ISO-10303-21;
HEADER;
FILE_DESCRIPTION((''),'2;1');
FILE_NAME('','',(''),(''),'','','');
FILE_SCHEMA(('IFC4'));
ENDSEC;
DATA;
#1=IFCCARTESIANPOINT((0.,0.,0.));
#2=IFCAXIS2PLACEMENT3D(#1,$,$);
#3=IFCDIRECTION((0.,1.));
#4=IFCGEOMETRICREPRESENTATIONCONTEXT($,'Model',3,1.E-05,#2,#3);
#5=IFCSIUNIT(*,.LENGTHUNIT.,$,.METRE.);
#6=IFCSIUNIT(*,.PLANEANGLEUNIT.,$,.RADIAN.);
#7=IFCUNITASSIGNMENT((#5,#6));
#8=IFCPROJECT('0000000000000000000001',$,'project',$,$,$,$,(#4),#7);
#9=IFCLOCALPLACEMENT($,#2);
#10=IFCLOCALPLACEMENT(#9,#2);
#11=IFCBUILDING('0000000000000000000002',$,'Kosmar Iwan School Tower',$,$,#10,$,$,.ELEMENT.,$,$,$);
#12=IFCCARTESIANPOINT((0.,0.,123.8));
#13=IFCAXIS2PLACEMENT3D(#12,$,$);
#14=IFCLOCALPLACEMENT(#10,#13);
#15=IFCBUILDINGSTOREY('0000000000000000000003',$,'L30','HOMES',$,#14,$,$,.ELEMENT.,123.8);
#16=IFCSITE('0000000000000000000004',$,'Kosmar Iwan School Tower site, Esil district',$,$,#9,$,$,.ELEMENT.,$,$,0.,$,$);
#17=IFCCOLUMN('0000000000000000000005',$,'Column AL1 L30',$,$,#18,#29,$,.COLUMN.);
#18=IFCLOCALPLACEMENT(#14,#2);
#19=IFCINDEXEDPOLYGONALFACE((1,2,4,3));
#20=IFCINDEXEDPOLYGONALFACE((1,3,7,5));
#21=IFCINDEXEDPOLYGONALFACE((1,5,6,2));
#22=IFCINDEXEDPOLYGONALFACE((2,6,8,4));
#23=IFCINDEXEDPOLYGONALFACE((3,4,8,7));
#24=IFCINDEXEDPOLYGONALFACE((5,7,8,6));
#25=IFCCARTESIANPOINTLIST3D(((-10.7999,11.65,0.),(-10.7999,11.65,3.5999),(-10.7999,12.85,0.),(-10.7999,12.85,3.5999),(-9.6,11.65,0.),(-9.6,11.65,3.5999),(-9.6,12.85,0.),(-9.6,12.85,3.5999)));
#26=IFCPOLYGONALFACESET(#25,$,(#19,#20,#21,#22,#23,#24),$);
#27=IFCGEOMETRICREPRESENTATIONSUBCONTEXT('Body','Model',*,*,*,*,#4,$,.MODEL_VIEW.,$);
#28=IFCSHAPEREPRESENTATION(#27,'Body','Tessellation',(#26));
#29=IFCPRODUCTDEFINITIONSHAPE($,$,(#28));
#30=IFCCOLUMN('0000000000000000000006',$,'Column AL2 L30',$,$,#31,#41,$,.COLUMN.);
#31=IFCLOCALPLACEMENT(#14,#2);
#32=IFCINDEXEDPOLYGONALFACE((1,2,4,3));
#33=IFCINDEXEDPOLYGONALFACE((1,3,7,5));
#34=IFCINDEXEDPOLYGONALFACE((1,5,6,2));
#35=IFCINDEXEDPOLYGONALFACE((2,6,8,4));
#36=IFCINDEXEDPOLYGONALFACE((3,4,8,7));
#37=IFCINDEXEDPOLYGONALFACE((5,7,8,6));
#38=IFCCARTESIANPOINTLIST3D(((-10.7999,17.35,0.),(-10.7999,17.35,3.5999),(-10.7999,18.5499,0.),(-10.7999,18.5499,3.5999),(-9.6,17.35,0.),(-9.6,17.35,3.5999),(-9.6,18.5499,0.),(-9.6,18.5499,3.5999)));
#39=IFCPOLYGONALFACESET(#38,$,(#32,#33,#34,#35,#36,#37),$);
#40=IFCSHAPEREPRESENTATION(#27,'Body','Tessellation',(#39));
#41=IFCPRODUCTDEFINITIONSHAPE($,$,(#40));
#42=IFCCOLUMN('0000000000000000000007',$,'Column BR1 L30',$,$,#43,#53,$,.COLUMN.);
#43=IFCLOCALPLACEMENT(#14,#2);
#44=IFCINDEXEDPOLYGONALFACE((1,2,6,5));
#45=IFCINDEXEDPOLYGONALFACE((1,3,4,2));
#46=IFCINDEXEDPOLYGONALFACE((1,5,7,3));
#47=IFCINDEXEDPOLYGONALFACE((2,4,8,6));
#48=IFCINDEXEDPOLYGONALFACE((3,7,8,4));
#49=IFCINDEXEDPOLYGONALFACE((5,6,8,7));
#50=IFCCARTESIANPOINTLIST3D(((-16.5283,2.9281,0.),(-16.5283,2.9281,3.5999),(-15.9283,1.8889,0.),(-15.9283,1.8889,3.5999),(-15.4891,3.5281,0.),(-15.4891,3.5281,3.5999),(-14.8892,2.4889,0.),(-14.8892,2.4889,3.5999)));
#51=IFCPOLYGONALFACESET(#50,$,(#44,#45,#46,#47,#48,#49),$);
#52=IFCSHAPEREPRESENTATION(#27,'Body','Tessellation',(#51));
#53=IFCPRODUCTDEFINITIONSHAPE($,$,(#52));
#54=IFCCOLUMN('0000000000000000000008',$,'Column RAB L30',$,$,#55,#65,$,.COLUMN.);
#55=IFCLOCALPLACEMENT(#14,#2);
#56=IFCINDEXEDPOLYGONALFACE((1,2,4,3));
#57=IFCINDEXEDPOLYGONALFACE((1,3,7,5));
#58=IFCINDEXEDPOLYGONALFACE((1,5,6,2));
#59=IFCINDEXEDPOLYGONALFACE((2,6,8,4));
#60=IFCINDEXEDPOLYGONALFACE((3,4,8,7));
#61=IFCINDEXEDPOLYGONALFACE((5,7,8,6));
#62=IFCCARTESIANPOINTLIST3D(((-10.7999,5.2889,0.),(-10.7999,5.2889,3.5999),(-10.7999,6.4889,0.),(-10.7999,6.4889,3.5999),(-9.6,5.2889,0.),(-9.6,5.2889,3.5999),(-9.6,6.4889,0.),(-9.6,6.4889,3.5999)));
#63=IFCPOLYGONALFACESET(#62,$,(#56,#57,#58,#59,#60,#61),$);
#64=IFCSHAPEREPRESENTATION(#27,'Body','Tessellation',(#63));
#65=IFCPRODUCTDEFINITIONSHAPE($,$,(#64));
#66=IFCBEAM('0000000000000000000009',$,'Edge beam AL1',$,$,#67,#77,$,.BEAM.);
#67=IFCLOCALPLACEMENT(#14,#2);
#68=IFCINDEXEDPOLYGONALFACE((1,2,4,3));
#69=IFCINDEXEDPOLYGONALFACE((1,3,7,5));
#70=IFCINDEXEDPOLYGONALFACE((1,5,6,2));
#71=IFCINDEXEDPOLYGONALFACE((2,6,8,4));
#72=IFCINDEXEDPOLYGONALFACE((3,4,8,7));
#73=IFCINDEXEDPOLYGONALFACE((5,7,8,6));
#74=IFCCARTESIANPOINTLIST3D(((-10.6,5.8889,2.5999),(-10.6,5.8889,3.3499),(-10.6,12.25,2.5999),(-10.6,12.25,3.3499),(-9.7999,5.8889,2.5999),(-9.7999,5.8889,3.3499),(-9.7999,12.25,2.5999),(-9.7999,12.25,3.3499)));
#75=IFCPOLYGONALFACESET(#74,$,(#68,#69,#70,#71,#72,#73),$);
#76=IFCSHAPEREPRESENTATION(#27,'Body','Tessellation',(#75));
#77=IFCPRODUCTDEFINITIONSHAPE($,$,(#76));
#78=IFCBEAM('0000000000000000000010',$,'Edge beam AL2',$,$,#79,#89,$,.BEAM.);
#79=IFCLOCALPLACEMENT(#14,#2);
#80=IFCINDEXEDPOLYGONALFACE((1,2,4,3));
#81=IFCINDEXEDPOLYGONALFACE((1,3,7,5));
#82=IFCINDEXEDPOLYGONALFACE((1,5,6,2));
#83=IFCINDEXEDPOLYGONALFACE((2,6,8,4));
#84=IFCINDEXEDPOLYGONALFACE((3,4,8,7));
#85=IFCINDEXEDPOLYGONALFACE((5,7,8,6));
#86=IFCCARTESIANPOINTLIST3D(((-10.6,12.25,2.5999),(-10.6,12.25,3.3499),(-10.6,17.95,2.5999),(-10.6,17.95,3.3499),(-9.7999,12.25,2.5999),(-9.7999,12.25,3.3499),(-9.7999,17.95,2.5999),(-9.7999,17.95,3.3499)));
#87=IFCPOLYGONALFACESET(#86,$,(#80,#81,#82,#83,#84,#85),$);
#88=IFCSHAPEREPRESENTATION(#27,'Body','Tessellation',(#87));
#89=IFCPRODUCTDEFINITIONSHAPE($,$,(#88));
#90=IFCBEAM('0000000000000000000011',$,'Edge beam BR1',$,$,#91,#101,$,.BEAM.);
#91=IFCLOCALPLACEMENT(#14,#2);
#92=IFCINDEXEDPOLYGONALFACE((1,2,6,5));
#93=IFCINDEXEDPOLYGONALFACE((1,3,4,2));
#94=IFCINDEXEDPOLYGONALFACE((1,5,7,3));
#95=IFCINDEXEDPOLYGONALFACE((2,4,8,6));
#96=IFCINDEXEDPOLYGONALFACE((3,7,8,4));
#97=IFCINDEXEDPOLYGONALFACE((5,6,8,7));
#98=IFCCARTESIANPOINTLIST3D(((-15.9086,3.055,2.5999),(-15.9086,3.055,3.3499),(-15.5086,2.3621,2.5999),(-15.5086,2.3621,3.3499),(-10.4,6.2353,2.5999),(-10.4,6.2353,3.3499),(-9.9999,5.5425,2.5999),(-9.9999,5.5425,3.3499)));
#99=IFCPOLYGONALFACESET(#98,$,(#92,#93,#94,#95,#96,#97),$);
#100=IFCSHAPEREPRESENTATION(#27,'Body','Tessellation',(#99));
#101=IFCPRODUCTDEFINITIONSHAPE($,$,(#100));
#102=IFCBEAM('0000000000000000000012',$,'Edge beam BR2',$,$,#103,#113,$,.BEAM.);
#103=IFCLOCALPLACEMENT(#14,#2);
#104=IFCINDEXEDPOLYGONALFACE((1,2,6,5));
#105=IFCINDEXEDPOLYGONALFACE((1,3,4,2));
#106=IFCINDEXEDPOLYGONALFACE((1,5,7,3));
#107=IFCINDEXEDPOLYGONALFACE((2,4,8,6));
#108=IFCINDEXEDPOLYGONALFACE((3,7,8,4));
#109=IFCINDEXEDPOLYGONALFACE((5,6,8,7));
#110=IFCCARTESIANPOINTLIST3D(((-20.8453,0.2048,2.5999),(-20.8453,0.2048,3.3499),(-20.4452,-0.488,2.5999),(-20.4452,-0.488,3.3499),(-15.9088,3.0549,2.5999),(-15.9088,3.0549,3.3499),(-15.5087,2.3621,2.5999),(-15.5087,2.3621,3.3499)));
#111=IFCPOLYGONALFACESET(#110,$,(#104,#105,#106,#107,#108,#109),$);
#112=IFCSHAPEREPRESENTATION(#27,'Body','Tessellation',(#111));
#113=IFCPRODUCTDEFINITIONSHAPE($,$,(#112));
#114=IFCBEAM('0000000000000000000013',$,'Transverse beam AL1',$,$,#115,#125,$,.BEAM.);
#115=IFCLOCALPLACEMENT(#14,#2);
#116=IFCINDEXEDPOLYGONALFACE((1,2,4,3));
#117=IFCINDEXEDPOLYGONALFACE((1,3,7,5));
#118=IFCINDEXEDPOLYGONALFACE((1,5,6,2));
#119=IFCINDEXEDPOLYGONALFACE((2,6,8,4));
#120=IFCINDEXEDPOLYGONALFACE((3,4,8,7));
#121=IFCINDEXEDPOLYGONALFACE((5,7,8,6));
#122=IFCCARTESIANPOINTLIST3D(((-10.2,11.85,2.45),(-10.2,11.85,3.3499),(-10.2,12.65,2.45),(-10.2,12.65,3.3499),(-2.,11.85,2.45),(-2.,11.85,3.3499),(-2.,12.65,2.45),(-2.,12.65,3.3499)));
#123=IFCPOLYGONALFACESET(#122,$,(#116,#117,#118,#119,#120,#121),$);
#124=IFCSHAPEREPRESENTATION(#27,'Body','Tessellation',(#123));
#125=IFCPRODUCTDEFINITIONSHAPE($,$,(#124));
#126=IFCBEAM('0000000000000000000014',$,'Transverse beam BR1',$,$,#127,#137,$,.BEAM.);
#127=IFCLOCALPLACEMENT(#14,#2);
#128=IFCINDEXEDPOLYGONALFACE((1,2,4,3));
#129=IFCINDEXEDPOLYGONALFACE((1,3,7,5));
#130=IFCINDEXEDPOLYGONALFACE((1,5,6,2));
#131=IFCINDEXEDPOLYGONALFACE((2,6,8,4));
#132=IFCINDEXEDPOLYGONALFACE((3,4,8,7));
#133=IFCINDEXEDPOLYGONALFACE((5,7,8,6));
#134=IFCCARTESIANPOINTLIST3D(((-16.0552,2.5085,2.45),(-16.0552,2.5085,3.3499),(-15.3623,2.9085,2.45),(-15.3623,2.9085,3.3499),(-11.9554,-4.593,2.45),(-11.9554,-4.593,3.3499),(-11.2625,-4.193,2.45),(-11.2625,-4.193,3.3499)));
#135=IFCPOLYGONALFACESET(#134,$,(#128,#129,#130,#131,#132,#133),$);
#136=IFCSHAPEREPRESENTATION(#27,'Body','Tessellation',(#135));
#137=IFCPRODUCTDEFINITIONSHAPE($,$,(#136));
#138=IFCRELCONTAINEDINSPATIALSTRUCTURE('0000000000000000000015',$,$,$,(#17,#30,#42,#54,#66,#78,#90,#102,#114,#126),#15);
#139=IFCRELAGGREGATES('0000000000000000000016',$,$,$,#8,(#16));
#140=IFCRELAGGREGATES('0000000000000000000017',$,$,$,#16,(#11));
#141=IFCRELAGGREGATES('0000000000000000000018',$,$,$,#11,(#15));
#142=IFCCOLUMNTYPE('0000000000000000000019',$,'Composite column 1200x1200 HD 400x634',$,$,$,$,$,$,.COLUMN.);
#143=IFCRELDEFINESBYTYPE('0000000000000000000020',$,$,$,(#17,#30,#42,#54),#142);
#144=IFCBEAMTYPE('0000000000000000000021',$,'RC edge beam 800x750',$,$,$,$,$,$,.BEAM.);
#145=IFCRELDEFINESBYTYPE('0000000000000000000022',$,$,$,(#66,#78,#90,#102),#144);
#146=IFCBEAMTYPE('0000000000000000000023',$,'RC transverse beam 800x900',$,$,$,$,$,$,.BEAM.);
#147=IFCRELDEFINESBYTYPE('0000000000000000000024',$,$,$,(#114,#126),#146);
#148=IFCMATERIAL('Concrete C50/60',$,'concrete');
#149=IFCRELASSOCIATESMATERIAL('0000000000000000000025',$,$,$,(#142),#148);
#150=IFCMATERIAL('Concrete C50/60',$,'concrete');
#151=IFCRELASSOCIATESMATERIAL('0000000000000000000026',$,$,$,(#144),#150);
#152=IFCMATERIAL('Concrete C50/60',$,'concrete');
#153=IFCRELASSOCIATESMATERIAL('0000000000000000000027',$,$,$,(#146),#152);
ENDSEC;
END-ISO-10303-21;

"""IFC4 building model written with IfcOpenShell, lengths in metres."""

from ifc_helpers import new_model, si_unit, direction, frame, origin, origin_2d, place, context, subcontext, project, spatial, rectangle, extrude, material, material_profile, profile_set, type_object, element, save


model = new_model("IFC4")

# Units and contexts
model_context = context("Model", 3, precision=1e-05, world=origin(), true_north=direction((0.0, 1.0)))
body_context = subcontext(model_context, "Body", "Model", "MODEL_VIEW")
ifc_project = project(units=[si_unit("LENGTHUNIT", "METRE"), si_unit("PLANEANGLEUNIT", "RADIAN")], contexts=[model_context])

# Site, building, storey
site_placement = place(None, origin())
site = spatial("IfcSite", under=ifc_project, at=site_placement, Name="Kosmar Iwan School Tower site, Esil district", CompositionType="ELEMENT", RefElevation=0.0)
building_placement = place(site_placement, origin())
building = spatial("IfcBuilding", under=site, at=building_placement, Name="Kosmar Iwan School Tower", CompositionType="ELEMENT")
storey_placement = place(building_placement, frame((0.0, 0.0, 123.8)))
storey = spatial("IfcBuildingStorey", under=building, at=storey_placement, Name="L30", Description="HOMES", CompositionType="ELEMENT", Elevation=123.8)

# Columns
ifc_material_1 = material(Name="Concrete C50/60", Category="concrete")
ifc_material_profile_1 = material_profile(ifc_material_1, rectangle(XDim=1.2, YDim=1.2, at=origin_2d()), Name="RC 1200x1200 + HD 400x634")
ifc_profile_set_1 = profile_set([ifc_material_profile_1], Name="Concrete C50/60")
column_type = type_object("IfcColumnType", Name="Composite column 1200x1200 HD 400x634", PredefinedType="COLUMN", material=ifc_profile_set_1)
for number, where, z_axis, x_axis, name in (
    (1, (-10.2, 12.25, 0.0), (0.0, 0.0, 1.0), (0.0, 1.0, 0.0), "Column AL1 L30"),
    (2, (-10.2, 17.95, 0.0), (0.0, 0.0, 1.0), (0.0, 1.0, 0.0), "Column AL2 L30"),
    (3, (-15.7087, 2.7085, 0.0), (0.0, 0.0, 1.0), (-0.866025, -0.5, 0.0), "Column BR1 L30"),
    (4, (-10.2, 5.8889, 0.0), (0.0, 0.0, 1.0), (1.0, 0.0, 0.0), "Column RAB L30"),
):
    element("IfcColumn", number, at=place(storey_placement, frame(where, z_axis=z_axis, x_axis=x_axis)), inside=storey, type_object=column_type, Name=name, PredefinedType="COLUMN", context=body_context, shape_type="SweptSolid", body=[
        extrude(rectangle(XDim=1.2, YDim=1.2, at=origin_2d()), origin(), (0.0, 0.0, 1.0), 3.5999),
    ])

# Beams
ifc_material_2 = material(Name="Concrete C50/60", Category="concrete")
ifc_material_profile_2 = material_profile(ifc_material_2, rectangle(XDim=0.8, YDim=0.75, at=origin_2d()), Name="RC 800x750")
ifc_profile_set_2 = profile_set([ifc_material_profile_2], Name="Concrete C50/60")
beam_type_1 = type_object("IfcBeamType", Name="RC edge beam 800x750", PredefinedType="BEAM", material=ifc_profile_set_2)
beam_1_placement = place(storey_placement, frame((-10.2, 5.8889, 2.9749), z_axis=(0.0, 1.0, 0.0), x_axis=(-1.0, 0.0, 0.0)))
element("IfcBeam", 5, at=beam_1_placement, inside=storey, type_object=beam_type_1, Name="Edge beam AL1", PredefinedType="BEAM", context=body_context, shape_type="SweptSolid", body=[
    extrude(rectangle(XDim=0.8, YDim=0.75, at=origin_2d()), origin(), (0.0, 0.0, 1.0), 6.3611),
])
beam_2_placement = place(storey_placement, frame((-10.2, 12.25, 2.9749), z_axis=(0.0, 1.0, 0.0), x_axis=(-1.0, 0.0, 0.0)))
element("IfcBeam", 6, at=beam_2_placement, inside=storey, type_object=beam_type_1, Name="Edge beam AL2", PredefinedType="BEAM", context=body_context, shape_type="SweptSolid", body=[
    extrude(rectangle(XDim=0.8, YDim=0.75, at=origin_2d()), origin(), (0.0, 0.0, 1.0), 5.7),
])
beam_3_placement = place(storey_placement, frame((-10.2, 5.8889, 2.9749), z_axis=(-0.866031, -0.49999, 0.0), x_axis=(0.49999, -0.866031, 0.0)))
element("IfcBeam", 7, at=beam_3_placement, inside=storey, type_object=beam_type_1, Name="Edge beam BR1", PredefinedType="BEAM", context=body_context, shape_type="SweptSolid", body=[
    extrude(rectangle(XDim=0.8, YDim=0.75, at=origin_2d()), origin(), (0.0, 0.0, 1.0), 6.3608),
])
beam_4_placement = place(storey_placement, frame((-15.7087, 2.7085, 2.9749), z_axis=(-0.866026, -0.499999, 0.0), x_axis=(0.499999, -0.866026, 0.0)))
element("IfcBeam", 8, at=beam_4_placement, inside=storey, type_object=beam_type_1, Name="Edge beam BR2", PredefinedType="BEAM", context=body_context, shape_type="SweptSolid", body=[
    extrude(rectangle(XDim=0.8, YDim=0.75, at=origin_2d()), origin(), (0.0, 0.0, 1.0), 5.7002),
])
ifc_material_3 = material(Name="Concrete C50/60", Category="concrete")
ifc_material_profile_3 = material_profile(ifc_material_3, rectangle(XDim=0.8, YDim=0.8999, at=origin_2d()), Name="RC 800x900")
ifc_profile_set_3 = profile_set([ifc_material_profile_3], Name="Concrete C50/60")
beam_type_2 = type_object("IfcBeamType", Name="RC transverse beam 800x900", PredefinedType="BEAM", material=ifc_profile_set_3)
for number, where, z_axis, x_axis, name in (
    (9, (-10.2, 12.25, 2.8999), (1.0, 0.0, 0.0), (0.0, 1.0, 0.0), "Transverse beam AL1"),
    (10, (-15.7087, 2.7085, 2.8999), (0.499978, -0.866038, 0.0), (0.866038, 0.499978, 0.0), "Transverse beam BR1"),
):
    element("IfcBeam", number, at=place(storey_placement, frame(where, z_axis=z_axis, x_axis=x_axis)), inside=storey, type_object=beam_type_2, Name=name, PredefinedType="BEAM", context=body_context, shape_type="SweptSolid", body=[
        extrude(rectangle(XDim=0.8, YDim=0.8999, at=origin_2d()), origin(), (0.0, 0.0, 1.0), 8.2),
    ])

save(model, "model.ifc")
